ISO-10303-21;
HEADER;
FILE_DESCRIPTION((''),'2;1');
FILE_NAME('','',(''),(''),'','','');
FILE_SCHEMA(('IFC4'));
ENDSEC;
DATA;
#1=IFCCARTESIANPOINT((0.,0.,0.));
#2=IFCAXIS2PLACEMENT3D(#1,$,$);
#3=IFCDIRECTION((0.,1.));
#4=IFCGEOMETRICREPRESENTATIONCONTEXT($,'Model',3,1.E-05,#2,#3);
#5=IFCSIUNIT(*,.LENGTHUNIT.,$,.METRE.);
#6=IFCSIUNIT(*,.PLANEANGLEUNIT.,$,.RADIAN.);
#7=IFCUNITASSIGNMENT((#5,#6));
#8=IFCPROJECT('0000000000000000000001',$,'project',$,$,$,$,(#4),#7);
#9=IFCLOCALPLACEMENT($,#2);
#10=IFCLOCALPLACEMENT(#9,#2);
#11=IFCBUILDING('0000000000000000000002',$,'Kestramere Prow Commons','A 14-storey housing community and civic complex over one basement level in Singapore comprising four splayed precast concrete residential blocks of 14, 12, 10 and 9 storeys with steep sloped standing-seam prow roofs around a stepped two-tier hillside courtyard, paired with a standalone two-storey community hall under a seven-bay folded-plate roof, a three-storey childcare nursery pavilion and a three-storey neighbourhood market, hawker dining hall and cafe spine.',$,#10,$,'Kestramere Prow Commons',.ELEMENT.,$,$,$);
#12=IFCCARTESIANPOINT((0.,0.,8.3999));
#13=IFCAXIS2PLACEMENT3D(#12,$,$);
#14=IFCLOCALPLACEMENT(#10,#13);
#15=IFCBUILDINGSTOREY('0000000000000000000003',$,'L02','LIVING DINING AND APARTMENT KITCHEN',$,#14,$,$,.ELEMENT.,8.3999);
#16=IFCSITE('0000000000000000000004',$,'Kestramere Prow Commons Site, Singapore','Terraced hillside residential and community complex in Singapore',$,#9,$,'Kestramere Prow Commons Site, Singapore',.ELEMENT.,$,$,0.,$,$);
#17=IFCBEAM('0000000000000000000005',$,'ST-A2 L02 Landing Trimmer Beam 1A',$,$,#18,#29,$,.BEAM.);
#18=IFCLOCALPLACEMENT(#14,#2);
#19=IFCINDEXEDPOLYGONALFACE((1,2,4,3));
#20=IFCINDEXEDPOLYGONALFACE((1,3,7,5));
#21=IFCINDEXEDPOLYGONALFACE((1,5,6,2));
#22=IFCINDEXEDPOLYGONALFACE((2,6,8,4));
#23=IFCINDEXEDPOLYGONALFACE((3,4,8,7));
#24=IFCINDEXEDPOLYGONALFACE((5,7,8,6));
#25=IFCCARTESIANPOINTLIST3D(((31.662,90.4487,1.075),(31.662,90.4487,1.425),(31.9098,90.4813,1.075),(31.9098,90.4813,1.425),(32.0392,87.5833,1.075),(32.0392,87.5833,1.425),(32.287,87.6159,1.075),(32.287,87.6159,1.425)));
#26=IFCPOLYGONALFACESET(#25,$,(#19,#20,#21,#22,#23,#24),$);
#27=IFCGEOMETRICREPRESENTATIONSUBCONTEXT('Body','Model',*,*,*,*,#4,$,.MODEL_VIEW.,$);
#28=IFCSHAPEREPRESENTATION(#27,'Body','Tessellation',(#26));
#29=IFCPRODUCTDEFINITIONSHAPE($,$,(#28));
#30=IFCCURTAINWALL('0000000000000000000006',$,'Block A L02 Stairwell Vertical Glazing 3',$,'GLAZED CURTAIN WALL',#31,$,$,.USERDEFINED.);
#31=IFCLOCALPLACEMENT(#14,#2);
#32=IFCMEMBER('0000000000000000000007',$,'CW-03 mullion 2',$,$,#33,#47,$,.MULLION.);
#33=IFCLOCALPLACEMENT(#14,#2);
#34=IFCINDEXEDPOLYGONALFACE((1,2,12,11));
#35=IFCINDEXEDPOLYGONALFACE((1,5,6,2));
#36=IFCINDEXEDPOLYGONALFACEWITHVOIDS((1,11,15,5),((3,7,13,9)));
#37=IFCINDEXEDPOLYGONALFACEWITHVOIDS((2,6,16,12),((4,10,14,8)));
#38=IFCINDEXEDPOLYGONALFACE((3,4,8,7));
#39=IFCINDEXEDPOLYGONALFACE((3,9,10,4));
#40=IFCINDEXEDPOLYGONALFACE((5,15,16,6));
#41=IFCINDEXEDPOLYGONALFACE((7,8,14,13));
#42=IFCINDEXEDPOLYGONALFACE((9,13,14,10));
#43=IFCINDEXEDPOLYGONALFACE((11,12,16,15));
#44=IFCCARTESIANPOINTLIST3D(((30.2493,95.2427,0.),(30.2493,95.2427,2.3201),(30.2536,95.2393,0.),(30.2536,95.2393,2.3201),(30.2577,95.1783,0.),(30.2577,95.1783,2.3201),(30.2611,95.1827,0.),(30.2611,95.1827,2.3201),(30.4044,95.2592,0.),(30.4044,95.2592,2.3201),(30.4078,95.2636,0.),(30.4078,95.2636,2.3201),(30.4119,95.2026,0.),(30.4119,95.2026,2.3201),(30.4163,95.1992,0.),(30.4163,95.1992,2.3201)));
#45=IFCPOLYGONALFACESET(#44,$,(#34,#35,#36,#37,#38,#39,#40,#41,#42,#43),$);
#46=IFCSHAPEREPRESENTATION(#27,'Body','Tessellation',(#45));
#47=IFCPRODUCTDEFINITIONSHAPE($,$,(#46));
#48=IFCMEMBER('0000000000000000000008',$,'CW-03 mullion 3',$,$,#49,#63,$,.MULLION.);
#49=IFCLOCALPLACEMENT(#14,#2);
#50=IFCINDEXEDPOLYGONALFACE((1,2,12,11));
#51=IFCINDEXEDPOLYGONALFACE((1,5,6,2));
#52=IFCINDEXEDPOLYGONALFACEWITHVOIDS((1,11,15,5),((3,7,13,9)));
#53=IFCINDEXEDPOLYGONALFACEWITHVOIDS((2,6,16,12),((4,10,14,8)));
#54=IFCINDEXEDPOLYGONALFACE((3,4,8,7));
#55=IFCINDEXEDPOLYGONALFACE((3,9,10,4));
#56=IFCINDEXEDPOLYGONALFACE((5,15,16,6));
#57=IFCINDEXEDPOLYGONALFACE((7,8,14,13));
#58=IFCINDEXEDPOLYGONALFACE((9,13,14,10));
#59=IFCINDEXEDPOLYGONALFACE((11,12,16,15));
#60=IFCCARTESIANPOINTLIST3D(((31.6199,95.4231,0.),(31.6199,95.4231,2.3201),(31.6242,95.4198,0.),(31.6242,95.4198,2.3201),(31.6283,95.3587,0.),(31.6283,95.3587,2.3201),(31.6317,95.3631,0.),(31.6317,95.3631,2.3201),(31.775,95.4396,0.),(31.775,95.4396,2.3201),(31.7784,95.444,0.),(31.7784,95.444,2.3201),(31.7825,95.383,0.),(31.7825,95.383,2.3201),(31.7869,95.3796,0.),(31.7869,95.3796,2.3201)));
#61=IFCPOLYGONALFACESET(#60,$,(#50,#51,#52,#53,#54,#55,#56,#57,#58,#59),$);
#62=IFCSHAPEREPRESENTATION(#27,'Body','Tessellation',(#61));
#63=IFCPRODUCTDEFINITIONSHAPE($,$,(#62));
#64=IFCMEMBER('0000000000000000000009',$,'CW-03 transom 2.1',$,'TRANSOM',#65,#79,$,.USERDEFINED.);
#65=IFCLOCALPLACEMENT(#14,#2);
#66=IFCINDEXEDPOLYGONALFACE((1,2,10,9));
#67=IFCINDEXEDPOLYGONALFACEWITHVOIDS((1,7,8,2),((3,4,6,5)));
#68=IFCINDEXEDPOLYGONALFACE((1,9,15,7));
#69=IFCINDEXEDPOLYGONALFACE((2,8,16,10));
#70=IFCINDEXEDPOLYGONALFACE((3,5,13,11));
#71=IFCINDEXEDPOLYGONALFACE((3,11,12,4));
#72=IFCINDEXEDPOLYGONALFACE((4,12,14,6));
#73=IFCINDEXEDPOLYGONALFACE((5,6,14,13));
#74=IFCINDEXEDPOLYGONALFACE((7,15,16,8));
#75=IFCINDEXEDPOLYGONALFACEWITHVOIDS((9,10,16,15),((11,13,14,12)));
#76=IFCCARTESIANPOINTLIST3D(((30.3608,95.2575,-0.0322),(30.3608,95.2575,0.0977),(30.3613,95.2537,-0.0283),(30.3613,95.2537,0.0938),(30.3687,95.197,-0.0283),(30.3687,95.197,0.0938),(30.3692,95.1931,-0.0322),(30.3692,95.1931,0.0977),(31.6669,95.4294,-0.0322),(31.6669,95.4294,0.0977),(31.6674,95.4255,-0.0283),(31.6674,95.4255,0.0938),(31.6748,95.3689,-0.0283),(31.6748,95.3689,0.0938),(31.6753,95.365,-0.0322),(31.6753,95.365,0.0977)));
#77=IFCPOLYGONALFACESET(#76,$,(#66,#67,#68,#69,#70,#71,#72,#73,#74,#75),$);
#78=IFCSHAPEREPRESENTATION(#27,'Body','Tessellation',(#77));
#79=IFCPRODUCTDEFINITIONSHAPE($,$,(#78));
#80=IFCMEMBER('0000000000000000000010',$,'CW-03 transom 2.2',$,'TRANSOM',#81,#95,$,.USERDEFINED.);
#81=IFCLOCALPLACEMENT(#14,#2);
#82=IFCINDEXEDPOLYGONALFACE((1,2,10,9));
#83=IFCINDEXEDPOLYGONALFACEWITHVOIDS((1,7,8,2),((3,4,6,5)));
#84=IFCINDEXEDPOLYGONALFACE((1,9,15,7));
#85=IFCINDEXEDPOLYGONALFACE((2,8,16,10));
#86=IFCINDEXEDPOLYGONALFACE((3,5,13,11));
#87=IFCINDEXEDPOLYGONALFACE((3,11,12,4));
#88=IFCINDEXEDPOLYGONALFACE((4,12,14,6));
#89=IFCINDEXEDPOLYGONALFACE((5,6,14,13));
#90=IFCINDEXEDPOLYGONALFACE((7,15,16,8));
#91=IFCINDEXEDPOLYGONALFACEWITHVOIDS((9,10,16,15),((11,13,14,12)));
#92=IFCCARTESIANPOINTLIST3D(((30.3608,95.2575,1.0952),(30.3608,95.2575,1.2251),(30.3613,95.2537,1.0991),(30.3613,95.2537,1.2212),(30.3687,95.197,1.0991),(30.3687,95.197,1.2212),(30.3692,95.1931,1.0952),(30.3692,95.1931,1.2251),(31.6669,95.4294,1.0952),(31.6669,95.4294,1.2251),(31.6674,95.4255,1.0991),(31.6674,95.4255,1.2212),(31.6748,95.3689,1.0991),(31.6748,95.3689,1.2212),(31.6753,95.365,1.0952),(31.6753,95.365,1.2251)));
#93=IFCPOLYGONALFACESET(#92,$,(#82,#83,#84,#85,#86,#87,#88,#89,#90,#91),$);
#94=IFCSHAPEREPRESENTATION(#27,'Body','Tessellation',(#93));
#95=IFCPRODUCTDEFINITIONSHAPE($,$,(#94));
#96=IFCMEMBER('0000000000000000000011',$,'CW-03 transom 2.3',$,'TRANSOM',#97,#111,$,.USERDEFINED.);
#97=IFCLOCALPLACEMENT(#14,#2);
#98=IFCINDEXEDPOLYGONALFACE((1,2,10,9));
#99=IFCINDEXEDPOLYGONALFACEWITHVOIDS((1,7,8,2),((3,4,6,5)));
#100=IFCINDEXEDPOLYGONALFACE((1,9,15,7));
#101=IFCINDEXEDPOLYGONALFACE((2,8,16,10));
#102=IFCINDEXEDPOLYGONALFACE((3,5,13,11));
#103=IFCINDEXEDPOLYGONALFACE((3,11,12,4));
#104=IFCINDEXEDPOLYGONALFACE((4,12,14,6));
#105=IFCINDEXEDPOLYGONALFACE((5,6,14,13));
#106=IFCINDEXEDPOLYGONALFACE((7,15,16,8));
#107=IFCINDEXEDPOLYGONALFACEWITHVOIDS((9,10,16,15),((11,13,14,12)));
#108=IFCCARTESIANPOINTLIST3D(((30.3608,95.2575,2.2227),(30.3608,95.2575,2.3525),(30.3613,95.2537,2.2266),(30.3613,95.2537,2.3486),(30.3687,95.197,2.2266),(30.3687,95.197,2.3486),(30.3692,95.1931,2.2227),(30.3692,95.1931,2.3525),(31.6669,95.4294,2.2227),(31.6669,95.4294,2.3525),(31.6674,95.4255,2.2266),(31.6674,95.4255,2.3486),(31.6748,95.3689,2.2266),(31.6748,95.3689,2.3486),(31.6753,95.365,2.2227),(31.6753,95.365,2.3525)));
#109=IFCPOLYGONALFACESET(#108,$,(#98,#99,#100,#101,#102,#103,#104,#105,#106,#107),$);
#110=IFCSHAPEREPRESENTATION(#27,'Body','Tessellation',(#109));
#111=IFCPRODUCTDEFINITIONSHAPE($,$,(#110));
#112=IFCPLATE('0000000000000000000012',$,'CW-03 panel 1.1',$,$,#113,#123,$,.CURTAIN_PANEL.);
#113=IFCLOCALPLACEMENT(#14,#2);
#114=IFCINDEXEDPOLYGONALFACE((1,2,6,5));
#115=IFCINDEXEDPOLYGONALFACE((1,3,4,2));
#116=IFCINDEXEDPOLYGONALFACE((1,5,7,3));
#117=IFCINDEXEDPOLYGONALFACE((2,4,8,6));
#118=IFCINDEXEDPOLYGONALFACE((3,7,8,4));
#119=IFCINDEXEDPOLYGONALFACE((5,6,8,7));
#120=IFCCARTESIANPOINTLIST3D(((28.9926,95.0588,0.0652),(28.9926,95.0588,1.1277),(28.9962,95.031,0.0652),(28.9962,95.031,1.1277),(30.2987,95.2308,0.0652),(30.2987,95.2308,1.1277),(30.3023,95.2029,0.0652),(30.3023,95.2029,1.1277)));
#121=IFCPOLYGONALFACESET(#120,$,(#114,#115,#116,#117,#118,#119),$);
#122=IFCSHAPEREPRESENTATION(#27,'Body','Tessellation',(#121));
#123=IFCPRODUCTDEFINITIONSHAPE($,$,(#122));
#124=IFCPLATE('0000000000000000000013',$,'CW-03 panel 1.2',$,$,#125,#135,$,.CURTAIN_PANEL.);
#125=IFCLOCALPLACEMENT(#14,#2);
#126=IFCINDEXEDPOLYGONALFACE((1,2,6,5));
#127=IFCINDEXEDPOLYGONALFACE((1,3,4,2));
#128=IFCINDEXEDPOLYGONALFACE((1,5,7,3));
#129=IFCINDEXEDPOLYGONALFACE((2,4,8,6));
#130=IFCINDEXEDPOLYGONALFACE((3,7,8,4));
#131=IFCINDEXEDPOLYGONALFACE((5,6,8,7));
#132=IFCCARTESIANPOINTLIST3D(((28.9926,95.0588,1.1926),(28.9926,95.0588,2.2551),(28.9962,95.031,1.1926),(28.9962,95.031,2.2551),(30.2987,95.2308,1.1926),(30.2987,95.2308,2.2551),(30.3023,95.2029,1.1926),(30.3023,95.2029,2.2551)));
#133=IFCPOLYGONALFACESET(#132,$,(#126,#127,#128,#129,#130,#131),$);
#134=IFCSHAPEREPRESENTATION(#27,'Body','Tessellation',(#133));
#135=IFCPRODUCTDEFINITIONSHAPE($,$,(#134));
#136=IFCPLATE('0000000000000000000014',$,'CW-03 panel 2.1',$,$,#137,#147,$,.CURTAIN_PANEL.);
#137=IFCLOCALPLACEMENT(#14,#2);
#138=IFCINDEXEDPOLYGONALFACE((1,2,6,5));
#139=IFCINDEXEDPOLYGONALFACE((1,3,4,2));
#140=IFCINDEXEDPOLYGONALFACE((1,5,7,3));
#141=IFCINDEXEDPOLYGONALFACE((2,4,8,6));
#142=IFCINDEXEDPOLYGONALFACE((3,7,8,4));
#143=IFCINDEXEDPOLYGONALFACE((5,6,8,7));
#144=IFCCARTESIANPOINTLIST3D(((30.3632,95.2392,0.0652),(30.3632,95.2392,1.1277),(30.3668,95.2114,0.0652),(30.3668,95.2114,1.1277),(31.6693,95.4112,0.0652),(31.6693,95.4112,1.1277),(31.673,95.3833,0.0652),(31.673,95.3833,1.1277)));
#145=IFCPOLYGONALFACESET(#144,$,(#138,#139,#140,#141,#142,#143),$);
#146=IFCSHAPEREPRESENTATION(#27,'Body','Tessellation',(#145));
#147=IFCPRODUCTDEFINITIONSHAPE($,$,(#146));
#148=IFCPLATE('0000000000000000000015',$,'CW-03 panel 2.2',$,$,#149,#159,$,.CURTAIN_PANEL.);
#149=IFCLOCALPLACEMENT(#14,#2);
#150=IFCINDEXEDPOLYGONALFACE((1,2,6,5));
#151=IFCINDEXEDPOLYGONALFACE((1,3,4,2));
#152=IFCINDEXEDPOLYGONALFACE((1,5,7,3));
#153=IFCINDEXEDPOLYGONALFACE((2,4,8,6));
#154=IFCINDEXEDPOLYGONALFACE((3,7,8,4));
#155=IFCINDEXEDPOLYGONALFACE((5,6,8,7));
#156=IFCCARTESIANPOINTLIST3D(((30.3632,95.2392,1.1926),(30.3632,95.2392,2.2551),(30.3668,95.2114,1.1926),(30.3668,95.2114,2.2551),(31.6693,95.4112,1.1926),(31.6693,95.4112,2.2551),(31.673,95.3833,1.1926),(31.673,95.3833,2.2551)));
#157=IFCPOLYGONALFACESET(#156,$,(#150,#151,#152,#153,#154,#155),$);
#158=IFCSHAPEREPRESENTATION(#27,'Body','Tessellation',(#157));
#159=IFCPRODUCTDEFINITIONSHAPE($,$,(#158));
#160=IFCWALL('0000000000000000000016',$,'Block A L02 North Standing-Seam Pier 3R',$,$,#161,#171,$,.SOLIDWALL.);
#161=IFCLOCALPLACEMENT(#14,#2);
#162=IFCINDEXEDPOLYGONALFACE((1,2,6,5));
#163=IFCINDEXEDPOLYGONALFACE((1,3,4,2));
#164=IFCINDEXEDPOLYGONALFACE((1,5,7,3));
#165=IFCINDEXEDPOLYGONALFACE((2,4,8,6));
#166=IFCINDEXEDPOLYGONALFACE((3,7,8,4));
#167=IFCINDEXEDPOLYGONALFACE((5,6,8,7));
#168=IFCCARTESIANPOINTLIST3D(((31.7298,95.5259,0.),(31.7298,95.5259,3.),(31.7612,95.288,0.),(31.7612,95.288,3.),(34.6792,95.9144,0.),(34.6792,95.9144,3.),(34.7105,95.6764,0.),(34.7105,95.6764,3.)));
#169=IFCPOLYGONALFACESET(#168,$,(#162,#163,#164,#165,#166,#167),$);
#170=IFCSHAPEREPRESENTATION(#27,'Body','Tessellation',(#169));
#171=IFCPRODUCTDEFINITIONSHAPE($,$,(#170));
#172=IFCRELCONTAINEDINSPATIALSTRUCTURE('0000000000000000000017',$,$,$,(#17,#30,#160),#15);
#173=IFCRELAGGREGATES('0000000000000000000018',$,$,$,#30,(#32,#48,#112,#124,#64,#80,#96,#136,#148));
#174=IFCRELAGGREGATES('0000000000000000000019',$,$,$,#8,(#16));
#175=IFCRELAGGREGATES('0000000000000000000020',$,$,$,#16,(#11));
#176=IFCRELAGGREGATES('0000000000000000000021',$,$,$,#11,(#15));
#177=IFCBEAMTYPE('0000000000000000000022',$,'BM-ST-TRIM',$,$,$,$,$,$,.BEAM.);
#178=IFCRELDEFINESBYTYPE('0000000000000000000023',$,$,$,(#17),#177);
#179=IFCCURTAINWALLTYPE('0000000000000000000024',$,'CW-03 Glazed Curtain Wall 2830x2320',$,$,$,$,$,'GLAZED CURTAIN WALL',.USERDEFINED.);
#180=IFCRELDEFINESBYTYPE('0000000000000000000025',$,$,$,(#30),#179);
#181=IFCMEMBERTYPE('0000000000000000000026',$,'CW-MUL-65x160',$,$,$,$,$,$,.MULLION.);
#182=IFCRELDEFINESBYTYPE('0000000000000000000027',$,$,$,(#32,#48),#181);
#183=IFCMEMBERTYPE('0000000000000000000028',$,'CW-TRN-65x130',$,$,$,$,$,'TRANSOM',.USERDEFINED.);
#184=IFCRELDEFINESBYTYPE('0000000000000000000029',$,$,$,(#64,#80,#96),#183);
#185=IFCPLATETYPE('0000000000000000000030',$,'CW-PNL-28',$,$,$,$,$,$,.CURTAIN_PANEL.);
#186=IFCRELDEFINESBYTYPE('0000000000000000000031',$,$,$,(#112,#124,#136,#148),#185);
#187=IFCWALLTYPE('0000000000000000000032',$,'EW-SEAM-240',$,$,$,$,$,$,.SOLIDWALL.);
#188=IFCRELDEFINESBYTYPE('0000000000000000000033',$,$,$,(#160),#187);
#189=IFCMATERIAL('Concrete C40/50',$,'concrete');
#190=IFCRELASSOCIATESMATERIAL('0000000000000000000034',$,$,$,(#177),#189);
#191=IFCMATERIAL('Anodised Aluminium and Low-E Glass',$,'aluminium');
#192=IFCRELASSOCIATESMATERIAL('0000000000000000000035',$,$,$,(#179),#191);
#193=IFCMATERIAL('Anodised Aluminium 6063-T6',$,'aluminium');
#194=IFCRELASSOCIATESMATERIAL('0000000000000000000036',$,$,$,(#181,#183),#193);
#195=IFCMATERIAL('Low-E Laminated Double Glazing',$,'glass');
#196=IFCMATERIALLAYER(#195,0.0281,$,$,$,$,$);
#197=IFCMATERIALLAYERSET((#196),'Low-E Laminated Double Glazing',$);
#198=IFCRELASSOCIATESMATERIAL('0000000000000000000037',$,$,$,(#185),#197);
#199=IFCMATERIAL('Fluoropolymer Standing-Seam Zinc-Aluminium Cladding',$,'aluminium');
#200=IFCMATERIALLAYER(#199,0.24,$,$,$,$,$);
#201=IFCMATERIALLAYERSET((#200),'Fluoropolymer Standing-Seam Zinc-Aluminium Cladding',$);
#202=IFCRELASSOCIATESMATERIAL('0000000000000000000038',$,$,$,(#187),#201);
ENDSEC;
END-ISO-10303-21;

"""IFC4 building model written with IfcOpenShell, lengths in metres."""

from ifc_helpers import new_model, si_unit, direction, frame, frame_2d, origin, origin_2d, place, context, subcontext, project, spatial, rectangle, hollow_rectangle, extrude, material, layer, layer_set, material_profile, profile_set, type_object, element, aggregate, save


model = new_model("IFC4")

# Units and contexts
model_context = context("Model", 3, precision=1e-05, world=origin(), true_north=direction((0.0, 1.0)))
body_context = subcontext(model_context, "Body", "Model", "MODEL_VIEW")
ifc_project = project(units=[si_unit("LENGTHUNIT", "METRE"), si_unit("PLANEANGLEUNIT", "RADIAN")], contexts=[model_context])

# Site, building, storey
site_placement = place(None, origin())
site = spatial("IfcSite", under=ifc_project, at=site_placement, Name="Kestramere Prow Commons Site, Singapore", Description="Terraced hillside residential and community complex in Singapore", LongName="Kestramere Prow Commons Site, Singapore", CompositionType="ELEMENT", RefElevation=0.0)
building_placement = place(site_placement, origin())
building = spatial("IfcBuilding", under=site, at=building_placement, Name="Kestramere Prow Commons", Description="A 14-storey housing community and civic complex over one basement level in Singapore comprising four splayed precast concrete residential blocks of 14, 12, 10 and 9 storeys with steep sloped standing-seam prow roofs around a stepped two-tier hillside courtyard, paired with a standalone two-storey community hall under a seven-bay folded-plate roof, a three-storey childcare nursery pavilion and a three-storey neighbourhood market, hawker dining hall and cafe spine.", LongName="Kestramere Prow Commons", CompositionType="ELEMENT")
storey_placement = place(building_placement, frame((0.0, 0.0, 8.3999)))
storey = spatial("IfcBuildingStorey", under=building, at=storey_placement, Name="L02", Description="LIVING DINING AND APARTMENT KITCHEN", CompositionType="ELEMENT", Elevation=8.3999)

# Beam
ifc_material_1 = material(Name="Concrete C40/50", Category="concrete")
ifc_material_profile_1 = material_profile(ifc_material_1, rectangle(XDim=0.25, YDim=0.3501, at=origin_2d()), Name="PC-BM 250x350")
ifc_profile_set_1 = profile_set([ifc_material_profile_1], Name="Concrete C40/50")
beam_type = type_object("IfcBeamType", Name="BM-ST-TRIM", PredefinedType="BEAM", material=ifc_profile_set_1)
beam_placement = place(storey_placement, frame((32.1631, 87.5996, 1.25), z_axis=(-0.130509, 0.991447, 0.0), x_axis=(-0.991447, -0.130509, 0.0)))
element("IfcBeam", 1, at=beam_placement, inside=storey, type_object=beam_type, Name="ST-A2 L02 Landing Trimmer Beam 1A", PredefinedType="BEAM", context=body_context, shape_type="SweptSolid", body=[
    extrude(rectangle(XDim=0.25, YDim=0.3501, at=origin_2d()), origin(), (0.0, 0.0, 1.0), 2.8901),
])

# Curtain wall, members, plates
ifc_material_2 = material(Name="Anodised Aluminium and Low-E Glass", Category="aluminium")
curtain_wall_type = type_object("IfcCurtainWallType", Name="CW-03 Glazed Curtain Wall 2830x2320", ElementType="GLAZED CURTAIN WALL", PredefinedType="USERDEFINED", material=ifc_material_2)
curtain_wall_placement = place(storey_placement, origin())
curtain_wall = element("IfcCurtainWall", 2, at=curtain_wall_placement, inside=storey, type_object=curtain_wall_type, Name="Block A L02 Stairwell Vertical Glazing 3", ObjectType="GLAZED CURTAIN WALL", PredefinedType="USERDEFINED")
ifc_material_3 = material(Name="Anodised Aluminium 6063-T6", Category="aluminium")
ifc_material_profile_2 = material_profile(ifc_material_3, hollow_rectangle(XDim=0.0649, YDim=0.1599, WallThickness=0.0039, at=origin_2d()), Name="ALU-MUL 65x160")
ifc_profile_set_2 = profile_set([ifc_material_profile_2], Name="Anodised Aluminium 6063-T6")
member_type_1 = type_object("IfcMemberType", Name="CW-MUL-65x160", PredefinedType="MULLION", material=ifc_profile_set_2)
member_1_placement = place(storey_placement, frame((30.3328, 95.2209, 0.0), z_axis=(0.0, 0.0, 1.0), x_axis=(-0.130526, 0.991445, 0.0)))
member_1 = element("IfcMember", 3, at=member_1_placement, type_object=member_type_1, Name="CW-03 mullion 2", PredefinedType="MULLION", context=body_context, shape_type="SweptSolid", body=[
    extrude(hollow_rectangle(XDim=0.0649, YDim=0.1599, WallThickness=0.0039, at=origin_2d()), origin(), (0.0, 0.0, 1.0), 2.3201),
])
member_2_placement = place(storey_placement, frame((31.7034, 95.4014, 0.0), z_axis=(0.0, 0.0, 1.0), x_axis=(-0.130526, 0.991445, 0.0)))
member_2 = element("IfcMember", 4, at=member_2_placement, type_object=member_type_1, Name="CW-03 mullion 3", PredefinedType="MULLION", context=body_context, shape_type="SweptSolid", body=[
    extrude(hollow_rectangle(XDim=0.0649, YDim=0.1599, WallThickness=0.0039, at=origin_2d()), origin(), (0.0, 0.0, 1.0), 2.3201),
])
ifc_material_profile_3 = material_profile(ifc_material_3, hollow_rectangle(XDim=0.0649, YDim=0.1299, WallThickness=0.0039, at=origin_2d()), Name="ALU-TRN 65x130")
ifc_profile_set_3 = profile_set([ifc_material_profile_3], Name="Anodised Aluminium 6063-T6")
member_type_2 = type_object("IfcMemberType", Name="CW-TRN-65x130", ElementType="TRANSOM", PredefinedType="USERDEFINED", material=ifc_profile_set_3)
member_3_placement = place(storey_placement, frame((30.365, 95.2253, 0.0327), z_axis=(0.991453, 0.130464, 0.0), x_axis=(-0.130464, 0.991453, 0.0)))
member_3 = element("IfcMember", 5, at=member_3_placement, type_object=member_type_2, Name="CW-03 transom 2.1", ObjectType="TRANSOM", PredefinedType="USERDEFINED", context=body_context, shape_type="SweptSolid", body=[
    extrude(hollow_rectangle(XDim=0.0649, YDim=0.1299, WallThickness=0.0039, at=origin_2d()), origin(), (0.0, 0.0, 1.0), 1.3174),
])
member_4_placement = place(storey_placement, frame((30.365, 95.2253, 1.1602), z_axis=(0.991453, 0.130464, 0.0), x_axis=(-0.130464, 0.991453, 0.0)))
member_4 = element("IfcMember", 6, at=member_4_placement, type_object=member_type_2, Name="CW-03 transom 2.2", ObjectType="TRANSOM", PredefinedType="USERDEFINED", context=body_context, shape_type="SweptSolid", body=[
    extrude(hollow_rectangle(XDim=0.0649, YDim=0.1299, WallThickness=0.0039, at=origin_2d()), origin(), (0.0, 0.0, 1.0), 1.3174),
])
member_5_placement = place(storey_placement, frame((30.365, 95.2253, 2.2876), z_axis=(0.991453, 0.130464, 0.0), x_axis=(-0.130464, 0.991453, 0.0)))
member_5 = element("IfcMember", 7, at=member_5_placement, type_object=member_type_2, Name="CW-03 transom 2.3", ObjectType="TRANSOM", PredefinedType="USERDEFINED", context=body_context, shape_type="SweptSolid", body=[
    extrude(hollow_rectangle(XDim=0.0649, YDim=0.1299, WallThickness=0.0039, at=origin_2d()), origin(), (0.0, 0.0, 1.0), 1.3174),
])
ifc_material_4 = material(Name="Low-E Laminated Double Glazing", Category="glass")
ifc_layer_1 = layer(ifc_material_4, 0.0281)
ifc_layer_set_1 = layer_set([ifc_layer_1], Name="Low-E Laminated Double Glazing")
plate_type = type_object("IfcPlateType", Name="CW-PNL-28", PredefinedType="CURTAIN_PANEL", material=ifc_layer_set_1)
plate_1_placement = place(storey_placement, frame((29.6475, 95.1309, 0.0652), z_axis=(0.0, 0.0, 1.0), x_axis=(0.991445, 0.130526, 0.0)))
plate_1 = element("IfcPlate", 8, at=plate_1_placement, type_object=plate_type, Name="CW-03 panel 1.1", PredefinedType="CURTAIN_PANEL", context=body_context, shape_type="SweptSolid", body=[
    extrude(rectangle(XDim=1.3174, YDim=0.0281, at=origin_2d()), origin(), (0.0, 0.0, 1.0), 1.0625),
])
plate_2_placement = place(storey_placement, frame((29.6475, 95.1309, 1.1926), z_axis=(0.0, 0.0, 1.0), x_axis=(0.991445, 0.130526, 0.0)))
plate_2 = element("IfcPlate", 9, at=plate_2_placement, type_object=plate_type, Name="CW-03 panel 1.2", PredefinedType="CURTAIN_PANEL", context=body_context, shape_type="SweptSolid", body=[
    extrude(rectangle(XDim=1.3174, YDim=0.0281, at=origin_2d()), origin(), (0.0, 0.0, 1.0), 1.0625),
])
plate_3_placement = place(storey_placement, frame((31.0181, 95.3113, 0.0652), z_axis=(0.0, 0.0, 1.0), x_axis=(0.991445, 0.130526, 0.0)))
plate_3 = element("IfcPlate", 10, at=plate_3_placement, type_object=plate_type, Name="CW-03 panel 2.1", PredefinedType="CURTAIN_PANEL", context=body_context, shape_type="SweptSolid", body=[
    extrude(rectangle(XDim=1.3174, YDim=0.0281, at=origin_2d()), origin(), (0.0, 0.0, 1.0), 1.0625),
])
plate_4_placement = place(storey_placement, frame((31.0181, 95.3113, 1.1926), z_axis=(0.0, 0.0, 1.0), x_axis=(0.991445, 0.130526, 0.0)))
plate_4 = element("IfcPlate", 11, at=plate_4_placement, type_object=plate_type, Name="CW-03 panel 2.2", PredefinedType="CURTAIN_PANEL", context=body_context, shape_type="SweptSolid", body=[
    extrude(rectangle(XDim=1.3174, YDim=0.0281, at=origin_2d()), origin(), (0.0, 0.0, 1.0), 1.0625),
])
aggregate(curtain_wall, [member_1, member_2, plate_1, plate_2, member_3, member_4, member_5, plate_3, plate_4])

# Wall
ifc_material_5 = material(Name="Fluoropolymer Standing-Seam Zinc-Aluminium Cladding", Category="aluminium")
ifc_layer_2 = layer(ifc_material_5, 0.24)
ifc_layer_set_2 = layer_set([ifc_layer_2], Name="Fluoropolymer Standing-Seam Zinc-Aluminium Cladding")
wall_type = type_object("IfcWallType", Name="EW-SEAM-240", PredefinedType="SOLIDWALL", material=ifc_layer_set_2)
wall_placement = place(storey_placement, frame((31.7456, 95.407, 0.0), z_axis=(0.0, 0.0, 1.0), x_axis=(0.991439, 0.130567, 0.0)))
element("IfcWall", 12, at=wall_placement, inside=storey, type_object=wall_type, Name="Block A L02 North Standing-Seam Pier 3R", PredefinedType="SOLIDWALL", context=body_context, shape_type="SweptSolid", body=[
    extrude(rectangle(XDim=2.9749, YDim=0.24, at=frame_2d((1.4873, 0.0))), origin(), (0.0, 0.0, 1.0), 3.0),
])

save(model, "model.ifc")
